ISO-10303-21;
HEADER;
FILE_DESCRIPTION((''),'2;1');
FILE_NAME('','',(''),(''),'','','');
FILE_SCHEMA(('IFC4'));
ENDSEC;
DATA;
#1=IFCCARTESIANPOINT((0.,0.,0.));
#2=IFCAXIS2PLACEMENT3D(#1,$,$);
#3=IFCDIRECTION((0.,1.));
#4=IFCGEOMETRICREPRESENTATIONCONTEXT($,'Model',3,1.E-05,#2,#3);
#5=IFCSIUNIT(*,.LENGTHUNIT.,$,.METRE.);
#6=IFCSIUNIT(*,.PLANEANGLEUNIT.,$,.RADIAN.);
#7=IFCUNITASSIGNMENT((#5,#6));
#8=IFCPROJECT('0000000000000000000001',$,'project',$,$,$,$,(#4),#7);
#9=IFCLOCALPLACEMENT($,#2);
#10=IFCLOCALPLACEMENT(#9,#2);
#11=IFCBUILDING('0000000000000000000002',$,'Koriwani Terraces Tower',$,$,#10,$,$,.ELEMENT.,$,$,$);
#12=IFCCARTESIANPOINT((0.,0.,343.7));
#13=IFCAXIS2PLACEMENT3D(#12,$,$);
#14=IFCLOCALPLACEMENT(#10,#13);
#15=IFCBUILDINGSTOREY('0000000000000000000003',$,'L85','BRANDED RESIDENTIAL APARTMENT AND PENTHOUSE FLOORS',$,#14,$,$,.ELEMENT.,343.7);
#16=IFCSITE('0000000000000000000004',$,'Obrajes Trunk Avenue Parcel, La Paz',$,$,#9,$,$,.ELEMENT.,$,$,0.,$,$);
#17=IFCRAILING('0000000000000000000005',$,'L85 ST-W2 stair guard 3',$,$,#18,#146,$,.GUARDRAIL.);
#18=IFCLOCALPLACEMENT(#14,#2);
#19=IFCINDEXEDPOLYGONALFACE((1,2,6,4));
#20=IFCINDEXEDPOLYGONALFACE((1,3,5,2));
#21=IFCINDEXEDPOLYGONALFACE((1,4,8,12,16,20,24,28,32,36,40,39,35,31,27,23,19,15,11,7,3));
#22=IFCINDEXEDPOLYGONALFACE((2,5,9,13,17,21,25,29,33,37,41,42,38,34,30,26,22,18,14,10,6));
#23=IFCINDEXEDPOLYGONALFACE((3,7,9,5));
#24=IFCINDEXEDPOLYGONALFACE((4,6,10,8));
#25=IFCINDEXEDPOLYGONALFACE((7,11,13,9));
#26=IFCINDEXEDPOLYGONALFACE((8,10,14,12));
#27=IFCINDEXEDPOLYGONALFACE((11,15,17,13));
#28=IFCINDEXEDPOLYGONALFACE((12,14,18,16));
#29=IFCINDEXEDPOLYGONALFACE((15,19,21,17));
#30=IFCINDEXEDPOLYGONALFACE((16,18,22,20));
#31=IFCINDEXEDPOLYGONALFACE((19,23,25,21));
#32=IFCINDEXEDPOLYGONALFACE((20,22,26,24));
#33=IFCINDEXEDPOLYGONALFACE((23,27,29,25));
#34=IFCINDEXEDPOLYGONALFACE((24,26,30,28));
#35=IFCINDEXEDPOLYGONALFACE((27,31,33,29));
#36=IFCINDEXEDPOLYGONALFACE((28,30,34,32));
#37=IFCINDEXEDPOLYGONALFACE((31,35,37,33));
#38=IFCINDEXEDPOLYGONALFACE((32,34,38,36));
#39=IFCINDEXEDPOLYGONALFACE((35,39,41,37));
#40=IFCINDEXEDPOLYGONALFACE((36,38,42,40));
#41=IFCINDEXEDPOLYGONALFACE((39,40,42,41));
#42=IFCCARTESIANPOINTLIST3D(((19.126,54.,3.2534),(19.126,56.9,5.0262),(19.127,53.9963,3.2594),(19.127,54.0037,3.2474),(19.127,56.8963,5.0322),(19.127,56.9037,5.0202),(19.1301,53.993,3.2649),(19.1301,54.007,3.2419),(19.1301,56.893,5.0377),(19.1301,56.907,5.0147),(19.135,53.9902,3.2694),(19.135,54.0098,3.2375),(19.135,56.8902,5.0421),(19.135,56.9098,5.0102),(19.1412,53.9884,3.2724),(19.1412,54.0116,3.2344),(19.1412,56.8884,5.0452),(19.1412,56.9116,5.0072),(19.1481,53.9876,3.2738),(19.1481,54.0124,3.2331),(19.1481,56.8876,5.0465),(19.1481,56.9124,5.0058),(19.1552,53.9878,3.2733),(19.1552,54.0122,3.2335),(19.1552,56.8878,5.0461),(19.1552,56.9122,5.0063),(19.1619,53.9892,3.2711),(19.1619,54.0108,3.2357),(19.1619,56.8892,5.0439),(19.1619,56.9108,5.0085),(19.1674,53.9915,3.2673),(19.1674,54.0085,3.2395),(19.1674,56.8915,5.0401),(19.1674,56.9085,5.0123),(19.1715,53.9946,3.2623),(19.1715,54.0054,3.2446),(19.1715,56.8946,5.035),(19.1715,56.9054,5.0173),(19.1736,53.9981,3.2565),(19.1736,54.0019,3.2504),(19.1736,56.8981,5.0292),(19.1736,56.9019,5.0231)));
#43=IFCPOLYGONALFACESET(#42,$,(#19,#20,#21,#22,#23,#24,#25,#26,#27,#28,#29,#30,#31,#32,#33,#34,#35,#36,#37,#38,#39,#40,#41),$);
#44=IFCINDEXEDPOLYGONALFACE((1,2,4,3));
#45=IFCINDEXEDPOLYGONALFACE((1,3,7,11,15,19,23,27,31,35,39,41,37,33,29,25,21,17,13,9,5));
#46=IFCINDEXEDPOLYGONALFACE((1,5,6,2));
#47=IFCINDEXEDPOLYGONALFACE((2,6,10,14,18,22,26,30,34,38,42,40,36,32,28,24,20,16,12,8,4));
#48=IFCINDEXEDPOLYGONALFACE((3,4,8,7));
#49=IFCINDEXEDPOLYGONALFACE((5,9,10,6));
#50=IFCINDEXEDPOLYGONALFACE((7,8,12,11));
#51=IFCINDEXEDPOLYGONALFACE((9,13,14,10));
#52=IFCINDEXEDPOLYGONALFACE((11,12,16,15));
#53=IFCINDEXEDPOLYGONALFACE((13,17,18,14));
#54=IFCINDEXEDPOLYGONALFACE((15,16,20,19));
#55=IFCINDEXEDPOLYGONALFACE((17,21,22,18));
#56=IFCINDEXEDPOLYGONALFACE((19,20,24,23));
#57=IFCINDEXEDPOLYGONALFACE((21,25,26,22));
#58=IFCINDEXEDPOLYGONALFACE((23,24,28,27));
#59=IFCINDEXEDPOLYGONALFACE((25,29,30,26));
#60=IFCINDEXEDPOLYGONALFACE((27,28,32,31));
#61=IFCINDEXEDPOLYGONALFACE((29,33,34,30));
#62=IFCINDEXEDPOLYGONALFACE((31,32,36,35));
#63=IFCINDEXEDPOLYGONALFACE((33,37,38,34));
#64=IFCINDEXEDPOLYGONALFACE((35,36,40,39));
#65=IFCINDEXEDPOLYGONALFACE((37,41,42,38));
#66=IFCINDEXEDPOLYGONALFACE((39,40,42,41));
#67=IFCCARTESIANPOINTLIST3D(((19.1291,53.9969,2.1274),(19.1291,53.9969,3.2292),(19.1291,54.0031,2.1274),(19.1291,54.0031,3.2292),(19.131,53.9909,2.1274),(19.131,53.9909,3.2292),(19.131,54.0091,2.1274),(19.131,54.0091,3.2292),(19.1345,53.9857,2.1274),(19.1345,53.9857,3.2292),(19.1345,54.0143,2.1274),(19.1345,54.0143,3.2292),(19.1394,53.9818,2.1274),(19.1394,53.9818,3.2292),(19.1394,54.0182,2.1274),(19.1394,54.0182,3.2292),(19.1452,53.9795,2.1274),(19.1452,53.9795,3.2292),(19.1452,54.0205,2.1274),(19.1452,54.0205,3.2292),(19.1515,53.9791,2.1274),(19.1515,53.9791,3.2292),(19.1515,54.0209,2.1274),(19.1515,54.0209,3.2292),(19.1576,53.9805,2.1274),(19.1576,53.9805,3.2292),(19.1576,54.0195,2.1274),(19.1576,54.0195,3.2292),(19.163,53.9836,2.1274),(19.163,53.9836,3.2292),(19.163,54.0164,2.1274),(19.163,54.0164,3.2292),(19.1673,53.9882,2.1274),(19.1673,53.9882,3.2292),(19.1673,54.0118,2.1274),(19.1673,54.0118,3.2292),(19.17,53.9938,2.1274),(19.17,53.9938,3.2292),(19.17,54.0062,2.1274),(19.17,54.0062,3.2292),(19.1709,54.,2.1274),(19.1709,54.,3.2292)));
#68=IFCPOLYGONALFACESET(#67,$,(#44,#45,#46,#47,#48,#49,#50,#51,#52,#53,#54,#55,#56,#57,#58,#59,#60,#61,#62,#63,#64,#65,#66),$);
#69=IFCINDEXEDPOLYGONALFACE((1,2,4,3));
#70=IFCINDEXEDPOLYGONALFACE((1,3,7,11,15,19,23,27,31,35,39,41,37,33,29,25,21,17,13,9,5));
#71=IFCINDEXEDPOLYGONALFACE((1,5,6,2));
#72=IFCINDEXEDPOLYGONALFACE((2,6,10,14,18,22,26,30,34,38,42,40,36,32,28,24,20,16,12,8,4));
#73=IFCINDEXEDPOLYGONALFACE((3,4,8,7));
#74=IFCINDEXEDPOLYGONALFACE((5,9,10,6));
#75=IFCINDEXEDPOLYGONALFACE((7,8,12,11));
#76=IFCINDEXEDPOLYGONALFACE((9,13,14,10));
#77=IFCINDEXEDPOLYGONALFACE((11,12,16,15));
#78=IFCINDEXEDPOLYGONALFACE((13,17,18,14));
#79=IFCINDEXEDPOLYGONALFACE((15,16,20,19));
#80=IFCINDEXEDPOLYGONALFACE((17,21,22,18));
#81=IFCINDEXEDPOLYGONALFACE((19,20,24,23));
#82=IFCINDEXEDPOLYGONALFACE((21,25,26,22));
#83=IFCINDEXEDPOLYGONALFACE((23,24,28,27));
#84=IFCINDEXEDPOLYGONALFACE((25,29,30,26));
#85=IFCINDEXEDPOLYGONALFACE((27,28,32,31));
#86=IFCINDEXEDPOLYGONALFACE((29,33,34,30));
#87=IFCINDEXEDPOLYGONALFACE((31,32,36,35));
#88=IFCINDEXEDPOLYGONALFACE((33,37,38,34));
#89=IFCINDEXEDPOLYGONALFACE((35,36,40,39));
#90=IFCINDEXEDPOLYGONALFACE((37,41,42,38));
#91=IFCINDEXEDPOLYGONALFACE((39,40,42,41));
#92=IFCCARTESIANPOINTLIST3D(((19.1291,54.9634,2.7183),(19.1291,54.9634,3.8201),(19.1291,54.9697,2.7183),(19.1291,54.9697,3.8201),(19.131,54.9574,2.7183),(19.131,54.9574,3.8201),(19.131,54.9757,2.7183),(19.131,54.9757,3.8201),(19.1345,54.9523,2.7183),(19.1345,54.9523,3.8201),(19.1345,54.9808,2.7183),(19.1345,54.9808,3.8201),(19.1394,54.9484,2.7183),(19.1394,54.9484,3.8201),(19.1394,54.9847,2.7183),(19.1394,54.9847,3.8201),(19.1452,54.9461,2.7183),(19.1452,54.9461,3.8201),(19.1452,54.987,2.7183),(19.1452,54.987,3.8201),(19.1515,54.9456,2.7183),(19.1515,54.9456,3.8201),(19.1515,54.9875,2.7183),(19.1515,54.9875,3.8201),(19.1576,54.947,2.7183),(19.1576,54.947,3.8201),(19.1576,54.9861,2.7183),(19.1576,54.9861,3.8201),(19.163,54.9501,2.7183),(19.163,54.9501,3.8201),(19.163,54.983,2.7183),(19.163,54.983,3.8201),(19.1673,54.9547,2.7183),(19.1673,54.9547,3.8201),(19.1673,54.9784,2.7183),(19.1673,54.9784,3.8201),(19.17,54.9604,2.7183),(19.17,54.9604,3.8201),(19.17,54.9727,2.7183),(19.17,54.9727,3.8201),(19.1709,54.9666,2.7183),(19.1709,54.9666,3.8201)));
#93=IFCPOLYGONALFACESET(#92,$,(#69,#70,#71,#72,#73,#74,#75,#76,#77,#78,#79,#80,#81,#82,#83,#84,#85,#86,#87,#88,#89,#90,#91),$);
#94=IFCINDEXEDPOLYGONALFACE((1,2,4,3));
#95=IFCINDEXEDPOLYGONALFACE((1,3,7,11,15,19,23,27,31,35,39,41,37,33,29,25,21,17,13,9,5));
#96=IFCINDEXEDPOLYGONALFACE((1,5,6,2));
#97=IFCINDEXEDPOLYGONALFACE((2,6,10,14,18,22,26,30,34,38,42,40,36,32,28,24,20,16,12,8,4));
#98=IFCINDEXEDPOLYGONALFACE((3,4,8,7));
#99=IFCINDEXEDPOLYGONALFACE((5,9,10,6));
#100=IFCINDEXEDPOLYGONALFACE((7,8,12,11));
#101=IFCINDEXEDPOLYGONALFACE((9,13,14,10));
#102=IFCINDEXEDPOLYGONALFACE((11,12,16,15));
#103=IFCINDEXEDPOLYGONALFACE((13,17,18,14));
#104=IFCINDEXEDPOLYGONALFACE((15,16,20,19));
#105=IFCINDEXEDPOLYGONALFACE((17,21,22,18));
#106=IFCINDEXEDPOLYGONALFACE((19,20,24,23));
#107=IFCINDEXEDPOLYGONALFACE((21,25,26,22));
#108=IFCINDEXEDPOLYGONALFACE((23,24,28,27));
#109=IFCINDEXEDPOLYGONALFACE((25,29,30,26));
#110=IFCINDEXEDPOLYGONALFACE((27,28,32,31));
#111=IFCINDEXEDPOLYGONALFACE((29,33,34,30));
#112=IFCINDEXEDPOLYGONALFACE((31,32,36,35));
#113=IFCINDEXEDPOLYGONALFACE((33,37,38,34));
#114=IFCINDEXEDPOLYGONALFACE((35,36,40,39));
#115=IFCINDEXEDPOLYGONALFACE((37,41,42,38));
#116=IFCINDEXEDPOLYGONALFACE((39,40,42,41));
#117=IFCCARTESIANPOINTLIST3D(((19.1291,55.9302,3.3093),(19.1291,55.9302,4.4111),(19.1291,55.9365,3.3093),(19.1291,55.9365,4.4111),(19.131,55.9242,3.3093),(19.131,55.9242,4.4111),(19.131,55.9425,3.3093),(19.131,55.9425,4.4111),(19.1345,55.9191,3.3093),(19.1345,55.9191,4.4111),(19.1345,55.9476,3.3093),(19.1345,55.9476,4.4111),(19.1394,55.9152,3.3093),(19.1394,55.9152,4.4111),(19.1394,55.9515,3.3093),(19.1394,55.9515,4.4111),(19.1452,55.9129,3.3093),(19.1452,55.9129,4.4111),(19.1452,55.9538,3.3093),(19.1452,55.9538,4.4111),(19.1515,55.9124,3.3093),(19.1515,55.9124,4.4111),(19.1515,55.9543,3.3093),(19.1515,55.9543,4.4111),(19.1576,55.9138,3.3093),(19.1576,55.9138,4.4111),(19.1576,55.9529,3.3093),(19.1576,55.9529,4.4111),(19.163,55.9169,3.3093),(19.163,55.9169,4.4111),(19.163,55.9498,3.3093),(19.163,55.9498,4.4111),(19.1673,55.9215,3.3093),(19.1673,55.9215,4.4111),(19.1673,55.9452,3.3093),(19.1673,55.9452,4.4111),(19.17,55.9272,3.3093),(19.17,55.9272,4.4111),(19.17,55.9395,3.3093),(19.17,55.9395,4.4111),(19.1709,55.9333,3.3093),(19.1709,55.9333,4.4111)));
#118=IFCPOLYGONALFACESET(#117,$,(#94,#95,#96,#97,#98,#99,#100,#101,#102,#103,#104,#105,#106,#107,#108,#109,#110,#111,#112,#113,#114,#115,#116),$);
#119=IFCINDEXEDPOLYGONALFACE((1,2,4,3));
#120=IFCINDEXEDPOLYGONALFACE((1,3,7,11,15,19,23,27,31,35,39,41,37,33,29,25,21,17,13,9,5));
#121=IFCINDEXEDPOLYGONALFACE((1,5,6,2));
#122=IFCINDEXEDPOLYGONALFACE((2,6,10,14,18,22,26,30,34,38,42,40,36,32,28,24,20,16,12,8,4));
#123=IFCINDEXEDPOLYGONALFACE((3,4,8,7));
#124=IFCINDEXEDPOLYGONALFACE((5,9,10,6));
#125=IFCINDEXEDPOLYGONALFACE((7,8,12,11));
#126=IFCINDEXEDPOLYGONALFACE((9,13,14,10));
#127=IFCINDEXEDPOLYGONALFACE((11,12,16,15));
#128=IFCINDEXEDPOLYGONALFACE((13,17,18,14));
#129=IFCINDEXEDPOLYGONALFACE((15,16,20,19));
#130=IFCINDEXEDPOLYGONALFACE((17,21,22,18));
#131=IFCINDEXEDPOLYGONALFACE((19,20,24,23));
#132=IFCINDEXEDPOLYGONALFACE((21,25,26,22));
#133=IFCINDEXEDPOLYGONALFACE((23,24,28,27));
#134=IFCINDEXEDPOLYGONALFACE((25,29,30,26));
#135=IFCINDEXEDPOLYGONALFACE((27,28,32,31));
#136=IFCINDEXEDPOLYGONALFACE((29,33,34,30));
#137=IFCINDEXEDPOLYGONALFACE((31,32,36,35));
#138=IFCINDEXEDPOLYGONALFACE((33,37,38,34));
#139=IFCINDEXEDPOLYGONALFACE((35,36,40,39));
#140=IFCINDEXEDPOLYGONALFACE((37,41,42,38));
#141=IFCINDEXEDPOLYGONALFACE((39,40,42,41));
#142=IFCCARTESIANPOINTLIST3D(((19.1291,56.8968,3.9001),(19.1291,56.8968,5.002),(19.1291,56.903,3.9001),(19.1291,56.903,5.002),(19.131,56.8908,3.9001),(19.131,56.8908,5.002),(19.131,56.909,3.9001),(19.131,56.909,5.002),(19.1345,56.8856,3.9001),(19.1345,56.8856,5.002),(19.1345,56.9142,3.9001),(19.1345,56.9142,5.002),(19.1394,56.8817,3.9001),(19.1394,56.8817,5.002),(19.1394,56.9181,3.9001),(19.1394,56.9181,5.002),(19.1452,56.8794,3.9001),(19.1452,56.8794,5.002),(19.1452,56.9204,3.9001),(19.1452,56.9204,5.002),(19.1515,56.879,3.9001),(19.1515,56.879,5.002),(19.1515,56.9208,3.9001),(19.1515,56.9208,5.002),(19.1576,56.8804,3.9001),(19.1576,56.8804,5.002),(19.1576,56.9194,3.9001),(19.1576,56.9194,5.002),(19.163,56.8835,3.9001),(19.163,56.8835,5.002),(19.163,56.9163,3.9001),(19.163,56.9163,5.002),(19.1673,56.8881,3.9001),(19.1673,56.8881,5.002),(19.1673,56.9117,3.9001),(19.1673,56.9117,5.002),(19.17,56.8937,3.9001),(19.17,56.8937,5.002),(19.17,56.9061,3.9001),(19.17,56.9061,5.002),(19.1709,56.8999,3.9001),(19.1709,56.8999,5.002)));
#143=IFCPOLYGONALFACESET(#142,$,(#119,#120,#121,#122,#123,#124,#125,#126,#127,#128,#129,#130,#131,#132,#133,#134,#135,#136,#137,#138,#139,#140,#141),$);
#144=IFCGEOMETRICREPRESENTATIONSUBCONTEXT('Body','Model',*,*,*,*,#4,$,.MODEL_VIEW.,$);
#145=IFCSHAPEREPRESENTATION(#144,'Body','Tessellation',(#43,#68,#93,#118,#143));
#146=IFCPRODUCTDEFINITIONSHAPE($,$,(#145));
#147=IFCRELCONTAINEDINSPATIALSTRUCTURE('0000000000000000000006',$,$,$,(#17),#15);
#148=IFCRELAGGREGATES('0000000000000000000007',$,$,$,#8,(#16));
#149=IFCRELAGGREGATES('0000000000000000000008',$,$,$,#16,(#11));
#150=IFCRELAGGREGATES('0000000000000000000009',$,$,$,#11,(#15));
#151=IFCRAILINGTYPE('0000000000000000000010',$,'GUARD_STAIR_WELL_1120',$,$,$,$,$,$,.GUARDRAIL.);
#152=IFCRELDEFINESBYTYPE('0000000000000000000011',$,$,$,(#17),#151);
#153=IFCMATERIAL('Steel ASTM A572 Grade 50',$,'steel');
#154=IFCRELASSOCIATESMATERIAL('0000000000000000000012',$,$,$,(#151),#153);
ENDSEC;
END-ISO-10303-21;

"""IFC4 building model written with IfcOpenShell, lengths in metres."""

from ifc_helpers import new_model, si_unit, direction, frame, origin, origin_2d, place, context, subcontext, project, spatial, circle, extrude, material, type_object, element, save


model = new_model("IFC4")

# Units and contexts
model_context = context("Model", 3, precision=1e-05, world=origin(), true_north=direction((0.0, 1.0)))
body_context = subcontext(model_context, "Body", "Model", "MODEL_VIEW")
ifc_project = project(units=[si_unit("LENGTHUNIT", "METRE"), si_unit("PLANEANGLEUNIT", "RADIAN")], contexts=[model_context])

# Site, building, storey
site_placement = place(None, origin())
site = spatial("IfcSite", under=ifc_project, at=site_placement, Name="Obrajes Trunk Avenue Parcel, La Paz", CompositionType="ELEMENT", RefElevation=0.0)
building_placement = place(site_placement, origin())
building = spatial("IfcBuilding", under=site, at=building_placement, Name="Koriwani Terraces Tower", CompositionType="ELEMENT")
storey_placement = place(building_placement, frame((0.0, 0.0, 343.7)))
storey = spatial("IfcBuildingStorey", under=building, at=storey_placement, Name="L85", Description="BRANDED RESIDENTIAL APARTMENT AND PENTHOUSE FLOORS", CompositionType="ELEMENT", Elevation=343.7)

# Shared definitions
ifc_material_1 = material(Name="Steel ASTM A572 Grade 50", Category="steel")

# Railing
railing_type_1 = type_object("IfcRailingType", Name="GUARD_STAIR_WELL_1120", PredefinedType="GUARDRAIL", material=ifc_material_1)
railing_1_placement = place(storey_placement, frame((19.1499, 54.0, 2.1274)))
element("IfcRailing", 1, at=railing_1_placement, inside=storey, type_object=railing_type_1, Name="L85 ST-W2 stair guard 3", PredefinedType="GUARDRAIL", context=body_context, shape_type="SweptSolid", body=[
    extrude(circle(Radius=0.0239, at=origin_2d()), frame((0.0, 0.0, 1.126), z_axis=(0.0, 0.853211, 0.521566), x_axis=(-1.0, 0.0, 0.0)), (0.0, 0.0, 1.0), 3.3989),
    extrude(circle(Radius=0.021, at=origin_2d()), origin(), (0.0, 0.0, 1.0), 1.1018),
    extrude(circle(Radius=0.021, at=origin_2d()), frame((0.0, 0.9666, 0.5908)), (0.0, 0.0, 1.0), 1.1018),
    extrude(circle(Radius=0.021, at=origin_2d()), frame((0.0, 1.9333, 1.1819)), (0.0, 0.0, 1.0), 1.1018),
    extrude(circle(Radius=0.021, at=origin_2d()), frame((0.0, 2.8999, 1.7727)), (0.0, 0.0, 1.0), 1.1018),
])

save(model, "model.ifc")
